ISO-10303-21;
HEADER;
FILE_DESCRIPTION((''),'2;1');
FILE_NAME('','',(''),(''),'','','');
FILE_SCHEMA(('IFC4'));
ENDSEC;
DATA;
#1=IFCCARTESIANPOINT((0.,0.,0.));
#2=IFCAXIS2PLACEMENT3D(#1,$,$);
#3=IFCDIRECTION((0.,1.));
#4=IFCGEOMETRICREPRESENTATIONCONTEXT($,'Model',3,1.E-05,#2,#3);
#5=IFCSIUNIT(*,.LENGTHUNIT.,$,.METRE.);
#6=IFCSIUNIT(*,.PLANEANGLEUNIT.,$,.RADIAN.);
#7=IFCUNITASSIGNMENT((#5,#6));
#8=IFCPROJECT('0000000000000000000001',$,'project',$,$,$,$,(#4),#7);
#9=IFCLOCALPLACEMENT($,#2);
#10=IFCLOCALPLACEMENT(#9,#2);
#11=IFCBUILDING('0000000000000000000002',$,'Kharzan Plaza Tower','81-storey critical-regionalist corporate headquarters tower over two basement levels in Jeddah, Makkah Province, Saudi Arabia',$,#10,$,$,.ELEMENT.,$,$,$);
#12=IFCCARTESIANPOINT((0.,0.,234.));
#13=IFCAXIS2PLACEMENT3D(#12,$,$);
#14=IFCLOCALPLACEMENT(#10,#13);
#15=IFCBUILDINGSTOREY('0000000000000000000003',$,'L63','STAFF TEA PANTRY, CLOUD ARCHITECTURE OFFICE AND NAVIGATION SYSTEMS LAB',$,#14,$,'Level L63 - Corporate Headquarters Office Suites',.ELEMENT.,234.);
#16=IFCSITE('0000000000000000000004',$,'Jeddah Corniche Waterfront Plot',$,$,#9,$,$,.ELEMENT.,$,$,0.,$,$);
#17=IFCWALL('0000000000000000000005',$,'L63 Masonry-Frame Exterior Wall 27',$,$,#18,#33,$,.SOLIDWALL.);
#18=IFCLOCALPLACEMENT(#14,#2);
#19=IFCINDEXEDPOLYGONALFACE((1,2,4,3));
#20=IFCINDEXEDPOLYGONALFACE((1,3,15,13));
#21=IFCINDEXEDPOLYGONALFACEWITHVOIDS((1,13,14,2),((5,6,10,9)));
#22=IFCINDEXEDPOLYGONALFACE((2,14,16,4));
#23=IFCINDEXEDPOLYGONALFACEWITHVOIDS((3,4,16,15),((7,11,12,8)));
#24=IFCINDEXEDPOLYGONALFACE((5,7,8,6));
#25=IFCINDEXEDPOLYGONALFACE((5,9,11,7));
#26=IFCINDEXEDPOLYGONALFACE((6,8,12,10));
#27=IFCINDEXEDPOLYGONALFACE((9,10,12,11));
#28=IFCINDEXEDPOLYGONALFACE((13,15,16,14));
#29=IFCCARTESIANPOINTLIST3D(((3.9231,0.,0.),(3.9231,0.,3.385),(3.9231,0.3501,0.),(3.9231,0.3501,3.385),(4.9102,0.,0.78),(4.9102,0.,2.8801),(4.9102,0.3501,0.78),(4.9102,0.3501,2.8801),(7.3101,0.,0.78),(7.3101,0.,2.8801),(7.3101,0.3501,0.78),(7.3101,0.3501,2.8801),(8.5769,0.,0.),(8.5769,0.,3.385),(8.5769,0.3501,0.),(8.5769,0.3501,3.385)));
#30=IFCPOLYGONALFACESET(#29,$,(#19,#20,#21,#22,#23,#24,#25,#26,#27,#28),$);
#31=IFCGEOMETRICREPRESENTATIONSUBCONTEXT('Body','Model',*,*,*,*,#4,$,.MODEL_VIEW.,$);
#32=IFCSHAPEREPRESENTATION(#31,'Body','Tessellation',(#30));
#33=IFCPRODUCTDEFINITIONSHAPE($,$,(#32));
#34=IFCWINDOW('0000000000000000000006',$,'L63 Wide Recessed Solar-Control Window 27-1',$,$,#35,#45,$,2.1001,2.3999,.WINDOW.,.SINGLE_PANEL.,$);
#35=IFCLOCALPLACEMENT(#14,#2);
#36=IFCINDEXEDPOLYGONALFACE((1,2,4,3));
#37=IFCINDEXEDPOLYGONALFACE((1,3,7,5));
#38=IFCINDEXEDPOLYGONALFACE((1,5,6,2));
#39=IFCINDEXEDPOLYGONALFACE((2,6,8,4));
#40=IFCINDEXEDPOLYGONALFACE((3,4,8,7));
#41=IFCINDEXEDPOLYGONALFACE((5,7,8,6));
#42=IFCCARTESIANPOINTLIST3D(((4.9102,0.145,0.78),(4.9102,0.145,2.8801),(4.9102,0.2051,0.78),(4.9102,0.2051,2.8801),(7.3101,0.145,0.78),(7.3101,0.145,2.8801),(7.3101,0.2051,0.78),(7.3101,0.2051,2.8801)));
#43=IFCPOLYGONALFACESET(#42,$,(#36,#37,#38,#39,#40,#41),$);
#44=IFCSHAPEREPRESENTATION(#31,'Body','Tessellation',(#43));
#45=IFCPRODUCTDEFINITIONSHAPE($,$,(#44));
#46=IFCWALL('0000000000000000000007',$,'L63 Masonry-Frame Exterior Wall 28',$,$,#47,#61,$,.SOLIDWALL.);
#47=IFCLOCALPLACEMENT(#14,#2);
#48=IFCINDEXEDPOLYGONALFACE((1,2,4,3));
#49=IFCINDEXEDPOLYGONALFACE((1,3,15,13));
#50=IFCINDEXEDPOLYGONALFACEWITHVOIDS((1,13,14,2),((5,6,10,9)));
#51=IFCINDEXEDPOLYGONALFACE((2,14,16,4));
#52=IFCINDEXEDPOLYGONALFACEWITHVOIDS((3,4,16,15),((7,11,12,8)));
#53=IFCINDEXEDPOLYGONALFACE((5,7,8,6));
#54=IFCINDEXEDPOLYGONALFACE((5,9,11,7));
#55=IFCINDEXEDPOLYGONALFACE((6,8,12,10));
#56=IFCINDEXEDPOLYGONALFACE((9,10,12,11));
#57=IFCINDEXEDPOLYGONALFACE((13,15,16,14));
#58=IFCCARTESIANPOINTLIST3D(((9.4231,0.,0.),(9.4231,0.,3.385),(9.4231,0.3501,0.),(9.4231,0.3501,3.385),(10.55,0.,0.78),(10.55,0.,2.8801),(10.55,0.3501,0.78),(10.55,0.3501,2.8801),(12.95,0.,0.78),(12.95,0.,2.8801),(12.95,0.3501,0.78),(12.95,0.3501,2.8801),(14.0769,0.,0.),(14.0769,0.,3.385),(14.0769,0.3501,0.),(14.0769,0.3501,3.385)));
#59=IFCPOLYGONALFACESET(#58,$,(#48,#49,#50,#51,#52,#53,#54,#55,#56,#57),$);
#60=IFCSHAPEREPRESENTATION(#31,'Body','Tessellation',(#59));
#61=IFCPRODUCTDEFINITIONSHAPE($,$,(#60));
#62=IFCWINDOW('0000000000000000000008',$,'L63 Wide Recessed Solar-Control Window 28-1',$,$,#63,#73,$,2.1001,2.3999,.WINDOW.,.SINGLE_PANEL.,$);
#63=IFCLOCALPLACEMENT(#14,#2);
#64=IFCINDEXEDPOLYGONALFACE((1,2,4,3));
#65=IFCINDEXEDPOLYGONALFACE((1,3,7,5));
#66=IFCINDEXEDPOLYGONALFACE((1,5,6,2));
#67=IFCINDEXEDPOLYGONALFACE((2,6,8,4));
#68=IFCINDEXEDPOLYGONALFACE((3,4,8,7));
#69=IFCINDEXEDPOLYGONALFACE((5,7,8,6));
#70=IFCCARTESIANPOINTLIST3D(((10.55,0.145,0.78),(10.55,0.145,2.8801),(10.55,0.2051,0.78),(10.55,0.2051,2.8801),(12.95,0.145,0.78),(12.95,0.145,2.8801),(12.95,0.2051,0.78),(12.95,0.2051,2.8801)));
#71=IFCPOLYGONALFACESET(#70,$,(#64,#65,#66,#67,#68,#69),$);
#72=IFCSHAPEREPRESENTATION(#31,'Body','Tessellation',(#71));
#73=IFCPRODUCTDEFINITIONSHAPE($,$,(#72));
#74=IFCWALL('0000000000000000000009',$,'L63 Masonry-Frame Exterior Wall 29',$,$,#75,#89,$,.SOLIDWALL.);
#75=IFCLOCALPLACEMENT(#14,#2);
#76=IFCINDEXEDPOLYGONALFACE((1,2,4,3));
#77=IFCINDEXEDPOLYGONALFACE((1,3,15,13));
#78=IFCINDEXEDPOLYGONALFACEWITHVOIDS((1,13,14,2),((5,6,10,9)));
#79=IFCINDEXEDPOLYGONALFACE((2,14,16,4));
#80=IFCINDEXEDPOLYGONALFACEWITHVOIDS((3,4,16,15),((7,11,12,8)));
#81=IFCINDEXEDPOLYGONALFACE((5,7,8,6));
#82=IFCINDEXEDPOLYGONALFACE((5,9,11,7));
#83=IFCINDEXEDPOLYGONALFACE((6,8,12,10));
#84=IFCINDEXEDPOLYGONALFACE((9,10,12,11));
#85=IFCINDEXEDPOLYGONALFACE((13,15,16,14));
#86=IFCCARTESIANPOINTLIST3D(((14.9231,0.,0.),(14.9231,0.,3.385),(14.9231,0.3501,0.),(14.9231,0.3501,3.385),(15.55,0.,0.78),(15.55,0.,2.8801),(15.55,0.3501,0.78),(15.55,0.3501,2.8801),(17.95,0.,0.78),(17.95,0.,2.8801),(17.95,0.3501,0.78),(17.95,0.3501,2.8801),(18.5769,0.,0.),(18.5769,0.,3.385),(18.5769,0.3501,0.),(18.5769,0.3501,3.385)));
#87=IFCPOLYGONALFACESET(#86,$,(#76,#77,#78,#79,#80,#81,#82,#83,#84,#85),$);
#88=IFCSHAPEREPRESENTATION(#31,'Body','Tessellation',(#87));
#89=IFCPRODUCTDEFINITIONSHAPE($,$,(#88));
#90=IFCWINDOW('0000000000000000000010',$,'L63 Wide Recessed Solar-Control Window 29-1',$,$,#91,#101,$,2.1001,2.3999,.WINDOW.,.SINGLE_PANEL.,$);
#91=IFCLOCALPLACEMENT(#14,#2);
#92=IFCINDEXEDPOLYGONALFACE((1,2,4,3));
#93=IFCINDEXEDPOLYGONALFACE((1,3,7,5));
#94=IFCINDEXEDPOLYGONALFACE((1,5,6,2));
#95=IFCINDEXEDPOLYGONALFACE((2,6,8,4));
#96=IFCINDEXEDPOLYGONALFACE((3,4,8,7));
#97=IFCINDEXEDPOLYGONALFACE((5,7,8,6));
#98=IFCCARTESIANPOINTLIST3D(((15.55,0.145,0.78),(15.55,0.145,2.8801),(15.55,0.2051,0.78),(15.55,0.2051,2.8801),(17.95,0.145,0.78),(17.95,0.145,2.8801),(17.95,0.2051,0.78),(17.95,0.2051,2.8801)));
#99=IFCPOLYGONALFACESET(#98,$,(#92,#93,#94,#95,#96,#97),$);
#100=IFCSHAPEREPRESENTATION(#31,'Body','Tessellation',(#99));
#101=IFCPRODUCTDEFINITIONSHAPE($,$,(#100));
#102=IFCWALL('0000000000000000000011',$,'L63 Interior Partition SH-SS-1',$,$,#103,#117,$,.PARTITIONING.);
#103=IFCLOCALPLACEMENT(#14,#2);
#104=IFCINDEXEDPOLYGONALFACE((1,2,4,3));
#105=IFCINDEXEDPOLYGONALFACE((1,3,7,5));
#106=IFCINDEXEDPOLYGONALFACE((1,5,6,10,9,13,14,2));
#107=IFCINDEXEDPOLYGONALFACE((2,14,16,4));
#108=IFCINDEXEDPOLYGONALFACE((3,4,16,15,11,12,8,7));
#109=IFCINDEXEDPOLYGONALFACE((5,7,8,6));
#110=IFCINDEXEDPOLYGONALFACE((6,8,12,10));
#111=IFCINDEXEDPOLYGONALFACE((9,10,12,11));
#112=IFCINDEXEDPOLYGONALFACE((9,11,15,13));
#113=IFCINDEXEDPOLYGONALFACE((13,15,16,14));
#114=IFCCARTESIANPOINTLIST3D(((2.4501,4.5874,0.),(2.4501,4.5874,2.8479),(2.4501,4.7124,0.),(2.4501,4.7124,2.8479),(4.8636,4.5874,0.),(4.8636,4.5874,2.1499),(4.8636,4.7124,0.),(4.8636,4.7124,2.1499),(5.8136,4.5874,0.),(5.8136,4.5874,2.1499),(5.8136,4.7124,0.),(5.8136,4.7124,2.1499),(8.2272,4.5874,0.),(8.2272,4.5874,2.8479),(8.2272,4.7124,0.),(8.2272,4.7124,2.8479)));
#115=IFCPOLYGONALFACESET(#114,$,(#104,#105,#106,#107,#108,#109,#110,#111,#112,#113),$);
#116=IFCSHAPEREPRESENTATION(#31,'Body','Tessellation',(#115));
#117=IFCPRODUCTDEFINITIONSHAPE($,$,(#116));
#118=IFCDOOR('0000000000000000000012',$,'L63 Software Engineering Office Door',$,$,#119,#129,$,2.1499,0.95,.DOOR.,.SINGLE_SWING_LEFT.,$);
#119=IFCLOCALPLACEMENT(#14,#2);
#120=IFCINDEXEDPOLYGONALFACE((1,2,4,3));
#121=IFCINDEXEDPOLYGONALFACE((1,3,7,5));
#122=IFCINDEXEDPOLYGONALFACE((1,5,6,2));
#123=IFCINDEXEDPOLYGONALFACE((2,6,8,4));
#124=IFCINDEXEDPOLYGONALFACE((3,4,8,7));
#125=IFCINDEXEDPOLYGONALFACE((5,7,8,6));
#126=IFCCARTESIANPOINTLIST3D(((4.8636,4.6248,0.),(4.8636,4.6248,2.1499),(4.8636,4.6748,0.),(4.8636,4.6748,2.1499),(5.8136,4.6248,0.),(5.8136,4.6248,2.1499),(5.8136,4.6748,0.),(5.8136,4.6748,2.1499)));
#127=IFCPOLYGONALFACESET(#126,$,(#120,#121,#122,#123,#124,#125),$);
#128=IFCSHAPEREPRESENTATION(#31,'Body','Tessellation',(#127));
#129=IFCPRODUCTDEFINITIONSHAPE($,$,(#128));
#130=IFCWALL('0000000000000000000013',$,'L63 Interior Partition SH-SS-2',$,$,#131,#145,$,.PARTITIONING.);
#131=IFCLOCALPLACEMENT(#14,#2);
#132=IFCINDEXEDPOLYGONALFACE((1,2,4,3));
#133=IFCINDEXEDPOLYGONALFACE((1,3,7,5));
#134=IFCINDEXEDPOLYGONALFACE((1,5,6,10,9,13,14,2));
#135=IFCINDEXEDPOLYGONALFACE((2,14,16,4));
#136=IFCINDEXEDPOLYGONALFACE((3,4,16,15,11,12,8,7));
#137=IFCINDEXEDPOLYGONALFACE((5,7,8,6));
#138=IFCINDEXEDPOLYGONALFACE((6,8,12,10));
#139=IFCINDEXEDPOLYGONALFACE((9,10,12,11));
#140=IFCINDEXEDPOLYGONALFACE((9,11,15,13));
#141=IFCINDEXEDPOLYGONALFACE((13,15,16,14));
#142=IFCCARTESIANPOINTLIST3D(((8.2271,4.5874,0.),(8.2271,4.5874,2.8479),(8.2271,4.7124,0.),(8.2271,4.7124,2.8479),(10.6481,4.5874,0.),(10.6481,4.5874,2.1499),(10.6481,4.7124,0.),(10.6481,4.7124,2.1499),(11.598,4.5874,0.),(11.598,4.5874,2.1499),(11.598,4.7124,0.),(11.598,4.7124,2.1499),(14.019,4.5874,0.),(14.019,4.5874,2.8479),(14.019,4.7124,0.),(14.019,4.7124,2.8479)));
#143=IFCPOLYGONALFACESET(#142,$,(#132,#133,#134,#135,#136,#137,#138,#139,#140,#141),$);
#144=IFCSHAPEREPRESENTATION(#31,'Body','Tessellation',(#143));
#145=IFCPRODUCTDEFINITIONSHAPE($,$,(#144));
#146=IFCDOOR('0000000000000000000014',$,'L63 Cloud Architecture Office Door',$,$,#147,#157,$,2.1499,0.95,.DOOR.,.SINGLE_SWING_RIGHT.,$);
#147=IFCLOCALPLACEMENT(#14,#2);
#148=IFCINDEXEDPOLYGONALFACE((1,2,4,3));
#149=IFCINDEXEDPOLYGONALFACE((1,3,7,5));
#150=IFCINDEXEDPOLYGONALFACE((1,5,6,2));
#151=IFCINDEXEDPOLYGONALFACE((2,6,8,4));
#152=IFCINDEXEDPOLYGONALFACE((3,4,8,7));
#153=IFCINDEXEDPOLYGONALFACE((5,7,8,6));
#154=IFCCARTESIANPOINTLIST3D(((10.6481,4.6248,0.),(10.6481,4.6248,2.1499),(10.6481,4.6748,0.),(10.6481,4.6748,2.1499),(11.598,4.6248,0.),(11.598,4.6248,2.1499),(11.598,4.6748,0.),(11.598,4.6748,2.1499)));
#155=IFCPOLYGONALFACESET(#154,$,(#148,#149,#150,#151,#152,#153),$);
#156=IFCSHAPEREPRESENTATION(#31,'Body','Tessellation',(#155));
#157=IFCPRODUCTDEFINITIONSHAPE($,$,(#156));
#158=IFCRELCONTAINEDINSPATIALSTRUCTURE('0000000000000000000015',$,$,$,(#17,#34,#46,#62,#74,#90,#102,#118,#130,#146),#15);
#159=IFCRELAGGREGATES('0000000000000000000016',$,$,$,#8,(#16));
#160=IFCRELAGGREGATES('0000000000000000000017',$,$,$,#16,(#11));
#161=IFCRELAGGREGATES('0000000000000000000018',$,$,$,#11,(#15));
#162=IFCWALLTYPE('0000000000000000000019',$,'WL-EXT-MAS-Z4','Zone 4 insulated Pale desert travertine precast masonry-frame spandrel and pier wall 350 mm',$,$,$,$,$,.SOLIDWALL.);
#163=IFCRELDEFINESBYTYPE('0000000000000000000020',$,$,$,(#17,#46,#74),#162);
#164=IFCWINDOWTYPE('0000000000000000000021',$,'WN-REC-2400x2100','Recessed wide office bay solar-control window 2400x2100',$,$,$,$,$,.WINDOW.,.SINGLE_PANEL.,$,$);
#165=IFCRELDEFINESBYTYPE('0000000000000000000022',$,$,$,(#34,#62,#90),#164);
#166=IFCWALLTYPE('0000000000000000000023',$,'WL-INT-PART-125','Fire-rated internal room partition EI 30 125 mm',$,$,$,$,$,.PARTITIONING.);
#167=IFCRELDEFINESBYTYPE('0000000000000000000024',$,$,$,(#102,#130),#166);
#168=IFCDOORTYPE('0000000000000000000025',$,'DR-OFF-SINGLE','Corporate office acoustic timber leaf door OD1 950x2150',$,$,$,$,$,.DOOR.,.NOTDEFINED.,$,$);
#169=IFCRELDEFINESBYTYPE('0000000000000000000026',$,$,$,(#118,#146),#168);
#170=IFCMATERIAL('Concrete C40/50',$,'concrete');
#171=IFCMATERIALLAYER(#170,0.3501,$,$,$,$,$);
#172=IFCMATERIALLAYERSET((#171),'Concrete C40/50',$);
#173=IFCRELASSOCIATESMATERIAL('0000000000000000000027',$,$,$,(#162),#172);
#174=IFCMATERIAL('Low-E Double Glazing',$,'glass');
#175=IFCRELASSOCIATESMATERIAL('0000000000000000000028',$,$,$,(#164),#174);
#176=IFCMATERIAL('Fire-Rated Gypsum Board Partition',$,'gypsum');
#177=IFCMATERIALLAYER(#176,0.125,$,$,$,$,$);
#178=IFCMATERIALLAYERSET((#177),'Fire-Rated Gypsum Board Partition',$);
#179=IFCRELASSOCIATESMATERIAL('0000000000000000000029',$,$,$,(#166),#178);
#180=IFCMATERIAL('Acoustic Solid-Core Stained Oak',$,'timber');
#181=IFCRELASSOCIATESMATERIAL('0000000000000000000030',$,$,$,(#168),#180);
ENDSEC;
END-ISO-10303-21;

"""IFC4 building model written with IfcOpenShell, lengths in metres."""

from ifc_helpers import new_model, si_unit, direction, frame, frame_2d, origin, place, context, subcontext, project, spatial, rectangle, extrude, source, transform, mapped, material, layer, layer_set, type_object, element, fill, save


model = new_model("IFC4")

# Units and contexts
model_context = context("Model", 3, precision=1e-05, world=origin(), true_north=direction((0.0, 1.0)))
body_context = subcontext(model_context, "Body", "Model", "MODEL_VIEW")
ifc_project = project(units=[si_unit("LENGTHUNIT", "METRE"), si_unit("PLANEANGLEUNIT", "RADIAN")], contexts=[model_context])

# Site, building, storey
site_placement = place(None, origin())
site = spatial("IfcSite", under=ifc_project, at=site_placement, Name="Jeddah Corniche Waterfront Plot", CompositionType="ELEMENT", RefElevation=0.0)
building_placement = place(site_placement, origin())
building = spatial("IfcBuilding", under=site, at=building_placement, Name="Kharzan Plaza Tower", Description="81-storey critical-regionalist corporate headquarters tower over two basement levels in Jeddah, Makkah Province, Saudi Arabia", CompositionType="ELEMENT")
storey_placement = place(building_placement, frame((0.0, 0.0, 234.0)))
storey = spatial("IfcBuildingStorey", under=building, at=storey_placement, Name="L63", Description="STAFF TEA PANTRY, CLOUD ARCHITECTURE OFFICE AND NAVIGATION SYSTEMS LAB", LongName="Level L63 - Corporate Headquarters Office Suites", CompositionType="ELEMENT", Elevation=234.0)

# Walls, openings, windows
ifc_material_1 = material(Name="Concrete C40/50", Category="concrete")
ifc_layer_1 = layer(ifc_material_1, 0.3501)
ifc_layer_set_1 = layer_set([ifc_layer_1], Name="Concrete C40/50")
wall_type_1 = type_object("IfcWallType", Name="WL-EXT-MAS-Z4", Description="Zone 4 insulated Pale desert travertine precast masonry-frame spandrel and pier wall 350 mm", PredefinedType="SOLIDWALL", material=ifc_layer_set_1)
ifc_material_2 = material(Name="Low-E Double Glazing", Category="glass")
wall_1_placement = place(storey_placement, frame((3.9231, 0.175, 0.0), z_axis=(0.0, 0.0, 1.0), x_axis=(1.0, 0.0, 0.0)))
wall_1 = element("IfcWall", 1, at=wall_1_placement, inside=storey, type_object=wall_type_1, Name="L63 Masonry-Frame Exterior Wall 27", PredefinedType="SOLIDWALL", context=body_context, shape_type="SweptSolid", body=[
    extrude(rectangle(XDim=4.6538, YDim=0.3501, at=frame_2d((2.3269, 0.0))), origin(), (0.0, 0.0, 1.0), 3.385),
])
opening_1_placement = place(wall_1_placement, frame((0.9871, 0.0, 0.78)))
opening_1 = element("IfcOpeningElement", 2, at=opening_1_placement, cuts=wall_1, PredefinedType="OPENING", context=body_context, shape_type="SweptSolid", body=[
    extrude(rectangle(XDim=2.3999, YDim=2.1001, at=frame_2d((1.2, 1.05))), frame((0.0, 0.1851, 0.0), z_axis=(0.0, -1.0, 0.0), x_axis=(1.0, 0.0, 0.0)), (0.0, 0.0, 1.0), 0.3701),
])
window_type_1 = type_object("IfcWindowType", Name="WN-REC-2400x2100", Description="Recessed wide office bay solar-control window 2400x2100", PartitioningType="SINGLE_PANEL", PredefinedType="WINDOW", material=ifc_material_2)
shared_shape_1 = source(origin(), body_context, "Body", "SweptSolid", [
    extrude(rectangle(XDim=2.3999, YDim=2.1001, at=frame_2d((1.2, 1.05))), frame((0.0, 0.03, 0.0), z_axis=(0.0, -1.0, 0.0), x_axis=(1.0, 0.0, 0.0)), (0.0, 0.0, 1.0), 0.0601),
])
window_1_placement = place(opening_1_placement, origin())
window_1 = element("IfcWindow", 3, at=window_1_placement, inside=storey, type_object=window_type_1, Name="L63 Wide Recessed Solar-Control Window 27-1", OverallHeight=2.1001, OverallWidth=2.3999, PartitioningType="SINGLE_PANEL", PredefinedType="WINDOW", context=body_context, shape_type="MappedRepresentation", body=[
    mapped(shared_shape_1, transform((0.0, 0.0, 0.0), x_axis=(1.0, 0.0, 0.0), y_axis=(0.0, 1.0, 0.0), z_axis=(0.0, 0.0, 1.0))),
])
fill(opening_1, window_1)
wall_2_placement = place(storey_placement, frame((9.4231, 0.175, 0.0), z_axis=(0.0, 0.0, 1.0), x_axis=(1.0, 0.0, 0.0)))
wall_2 = element("IfcWall", 4, at=wall_2_placement, inside=storey, type_object=wall_type_1, Name="L63 Masonry-Frame Exterior Wall 28", PredefinedType="SOLIDWALL", context=body_context, shape_type="SweptSolid", body=[
    extrude(rectangle(XDim=4.6538, YDim=0.3501, at=frame_2d((2.3269, 0.0))), origin(), (0.0, 0.0, 1.0), 3.385),
])
opening_2_placement = place(wall_2_placement, frame((1.127, 0.0, 0.78)))
opening_2 = element("IfcOpeningElement", 5, at=opening_2_placement, cuts=wall_2, PredefinedType="OPENING", context=body_context, shape_type="SweptSolid", body=[
    extrude(rectangle(XDim=2.3999, YDim=2.1001, at=frame_2d((1.2, 1.05))), frame((0.0, 0.1851, 0.0), z_axis=(0.0, -1.0, 0.0), x_axis=(1.0, 0.0, 0.0)), (0.0, 0.0, 1.0), 0.3701),
])
window_2_placement = place(opening_2_placement, origin())
window_2 = element("IfcWindow", 6, at=window_2_placement, inside=storey, type_object=window_type_1, Name="L63 Wide Recessed Solar-Control Window 28-1", OverallHeight=2.1001, OverallWidth=2.3999, PartitioningType="SINGLE_PANEL", PredefinedType="WINDOW", context=body_context, shape_type="MappedRepresentation", body=[
    mapped(shared_shape_1, transform((0.0, 0.0, 0.0), x_axis=(1.0, 0.0, 0.0), y_axis=(0.0, 1.0, 0.0), z_axis=(0.0, 0.0, 1.0))),
])
fill(opening_2, window_2)
wall_3_placement = place(storey_placement, frame((14.9231, 0.175, 0.0), z_axis=(0.0, 0.0, 1.0), x_axis=(1.0, 0.0, 0.0)))
wall_3 = element("IfcWall", 7, at=wall_3_placement, inside=storey, type_object=wall_type_1, Name="L63 Masonry-Frame Exterior Wall 29", PredefinedType="SOLIDWALL", context=body_context, shape_type="SweptSolid", body=[
    extrude(rectangle(XDim=3.6538, YDim=0.3501, at=frame_2d((1.8269, 0.0))), origin(), (0.0, 0.0, 1.0), 3.385),
])
opening_3_placement = place(wall_3_placement, frame((0.627, 0.0, 0.78)))
opening_3 = element("IfcOpeningElement", 8, at=opening_3_placement, cuts=wall_3, PredefinedType="OPENING", context=body_context, shape_type="SweptSolid", body=[
    extrude(rectangle(XDim=2.3999, YDim=2.1001, at=frame_2d((1.2, 1.05))), frame((0.0, 0.1851, 0.0), z_axis=(0.0, -1.0, 0.0), x_axis=(1.0, 0.0, 0.0)), (0.0, 0.0, 1.0), 0.3701),
])
window_3_placement = place(opening_3_placement, origin())
window_3 = element("IfcWindow", 9, at=window_3_placement, inside=storey, type_object=window_type_1, Name="L63 Wide Recessed Solar-Control Window 29-1", OverallHeight=2.1001, OverallWidth=2.3999, PartitioningType="SINGLE_PANEL", PredefinedType="WINDOW", context=body_context, shape_type="MappedRepresentation", body=[
    mapped(shared_shape_1, transform((0.0, 0.0, 0.0), x_axis=(1.0, 0.0, 0.0), y_axis=(0.0, 1.0, 0.0), z_axis=(0.0, 0.0, 1.0))),
])
fill(opening_3, window_3)

# Walls, openings, doors
ifc_material_3 = material(Name="Fire-Rated Gypsum Board Partition", Category="gypsum")
ifc_layer_2 = layer(ifc_material_3, 0.125)
ifc_layer_set_2 = layer_set([ifc_layer_2], Name="Fire-Rated Gypsum Board Partition")
wall_type_2 = type_object("IfcWallType", Name="WL-INT-PART-125", Description="Fire-rated internal room partition EI 30 125 mm", PredefinedType="PARTITIONING", material=ifc_layer_set_2)
ifc_material_4 = material(Name="Acoustic Solid-Core Stained Oak", Category="timber")
door_type = type_object("IfcDoorType", Name="DR-OFF-SINGLE", Description="Corporate office acoustic timber leaf door OD1 950x2150", OperationType="NOTDEFINED", PredefinedType="DOOR", material=ifc_material_4)
shared_shape_2 = source(origin(), body_context, "Body", "SweptSolid", [
    extrude(rectangle(XDim=0.95, YDim=2.1499, at=frame_2d((0.4751, 1.075))), frame((0.0, 0.0249, 0.0), z_axis=(0.0, -1.0, 0.0), x_axis=(1.0, 0.0, 0.0)), (0.0, 0.0, 1.0), 0.05),
])
wall_4_placement = place(storey_placement, frame((2.45, 4.6499, 0.0), z_axis=(0.0, 0.0, 1.0), x_axis=(1.0, 0.0, 0.0)))
wall_4 = element("IfcWall", 10, at=wall_4_placement, inside=storey, type_object=wall_type_2, Name="L63 Interior Partition SH-SS-1", PredefinedType="PARTITIONING", context=body_context, shape_type="SweptSolid", body=[
    extrude(rectangle(XDim=5.7771, YDim=0.125, at=frame_2d((2.8887, 0.0))), origin(), (0.0, 0.0, 1.0), 2.8479),
])
opening_4_placement = place(wall_4_placement, frame((2.4136, 0.0, 0.0)))
opening_4 = element("IfcOpeningElement", 11, at=opening_4_placement, cuts=wall_4, PredefinedType="OPENING", context=body_context, shape_type="SweptSolid", body=[
    extrude(rectangle(XDim=0.95, YDim=2.1499, at=frame_2d((0.4751, 1.075))), frame((0.0, 0.0725, 0.0), z_axis=(0.0, -1.0, 0.0), x_axis=(1.0, 0.0, 0.0)), (0.0, 0.0, 1.0), 0.145),
])
door_1_placement = place(opening_4_placement, origin())
door_1 = element("IfcDoor", 12, at=door_1_placement, inside=storey, type_object=door_type, Name="L63 Software Engineering Office Door", OperationType="SINGLE_SWING_LEFT", OverallHeight=2.1499, OverallWidth=0.95, PredefinedType="DOOR", context=body_context, shape_type="MappedRepresentation", body=[
    mapped(shared_shape_2, transform((0.0, 0.0, 0.0), x_axis=(1.0, 0.0, 0.0), y_axis=(0.0, 1.0, 0.0), z_axis=(0.0, 0.0, 1.0))),
])
fill(opening_4, door_1)
wall_5_placement = place(storey_placement, frame((8.2271, 4.6499, 0.0), z_axis=(0.0, 0.0, 1.0), x_axis=(1.0, 0.0, 0.0)))
wall_5 = element("IfcWall", 13, at=wall_5_placement, inside=storey, type_object=wall_type_2, Name="L63 Interior Partition SH-SS-2", PredefinedType="PARTITIONING", context=body_context, shape_type="SweptSolid", body=[
    extrude(rectangle(XDim=5.792, YDim=0.125, at=frame_2d((2.896, 0.0))), origin(), (0.0, 0.0, 1.0), 2.8479),
])
opening_5_placement = place(wall_5_placement, frame((2.4209, 0.0, 0.0)))
opening_5 = element("IfcOpeningElement", 14, at=opening_5_placement, cuts=wall_5, PredefinedType="OPENING", context=body_context, shape_type="SweptSolid", body=[
    extrude(rectangle(XDim=0.95, YDim=2.1499, at=frame_2d((0.4751, 1.075))), frame((0.0, 0.0725, 0.0), z_axis=(0.0, -1.0, 0.0), x_axis=(1.0, 0.0, 0.0)), (0.0, 0.0, 1.0), 0.145),
])
door_2_placement = place(opening_5_placement, origin())
door_2 = element("IfcDoor", 15, at=door_2_placement, inside=storey, type_object=door_type, Name="L63 Cloud Architecture Office Door", OperationType="SINGLE_SWING_RIGHT", OverallHeight=2.1499, OverallWidth=0.95, PredefinedType="DOOR", context=body_context, shape_type="MappedRepresentation", body=[
    mapped(shared_shape_2, transform((0.0, 0.0, 0.0), x_axis=(1.0, 0.0, 0.0), y_axis=(0.0, 1.0, 0.0), z_axis=(0.0, 0.0, 1.0))),
])
fill(opening_5, door_2)

save(model, "model.ifc")
